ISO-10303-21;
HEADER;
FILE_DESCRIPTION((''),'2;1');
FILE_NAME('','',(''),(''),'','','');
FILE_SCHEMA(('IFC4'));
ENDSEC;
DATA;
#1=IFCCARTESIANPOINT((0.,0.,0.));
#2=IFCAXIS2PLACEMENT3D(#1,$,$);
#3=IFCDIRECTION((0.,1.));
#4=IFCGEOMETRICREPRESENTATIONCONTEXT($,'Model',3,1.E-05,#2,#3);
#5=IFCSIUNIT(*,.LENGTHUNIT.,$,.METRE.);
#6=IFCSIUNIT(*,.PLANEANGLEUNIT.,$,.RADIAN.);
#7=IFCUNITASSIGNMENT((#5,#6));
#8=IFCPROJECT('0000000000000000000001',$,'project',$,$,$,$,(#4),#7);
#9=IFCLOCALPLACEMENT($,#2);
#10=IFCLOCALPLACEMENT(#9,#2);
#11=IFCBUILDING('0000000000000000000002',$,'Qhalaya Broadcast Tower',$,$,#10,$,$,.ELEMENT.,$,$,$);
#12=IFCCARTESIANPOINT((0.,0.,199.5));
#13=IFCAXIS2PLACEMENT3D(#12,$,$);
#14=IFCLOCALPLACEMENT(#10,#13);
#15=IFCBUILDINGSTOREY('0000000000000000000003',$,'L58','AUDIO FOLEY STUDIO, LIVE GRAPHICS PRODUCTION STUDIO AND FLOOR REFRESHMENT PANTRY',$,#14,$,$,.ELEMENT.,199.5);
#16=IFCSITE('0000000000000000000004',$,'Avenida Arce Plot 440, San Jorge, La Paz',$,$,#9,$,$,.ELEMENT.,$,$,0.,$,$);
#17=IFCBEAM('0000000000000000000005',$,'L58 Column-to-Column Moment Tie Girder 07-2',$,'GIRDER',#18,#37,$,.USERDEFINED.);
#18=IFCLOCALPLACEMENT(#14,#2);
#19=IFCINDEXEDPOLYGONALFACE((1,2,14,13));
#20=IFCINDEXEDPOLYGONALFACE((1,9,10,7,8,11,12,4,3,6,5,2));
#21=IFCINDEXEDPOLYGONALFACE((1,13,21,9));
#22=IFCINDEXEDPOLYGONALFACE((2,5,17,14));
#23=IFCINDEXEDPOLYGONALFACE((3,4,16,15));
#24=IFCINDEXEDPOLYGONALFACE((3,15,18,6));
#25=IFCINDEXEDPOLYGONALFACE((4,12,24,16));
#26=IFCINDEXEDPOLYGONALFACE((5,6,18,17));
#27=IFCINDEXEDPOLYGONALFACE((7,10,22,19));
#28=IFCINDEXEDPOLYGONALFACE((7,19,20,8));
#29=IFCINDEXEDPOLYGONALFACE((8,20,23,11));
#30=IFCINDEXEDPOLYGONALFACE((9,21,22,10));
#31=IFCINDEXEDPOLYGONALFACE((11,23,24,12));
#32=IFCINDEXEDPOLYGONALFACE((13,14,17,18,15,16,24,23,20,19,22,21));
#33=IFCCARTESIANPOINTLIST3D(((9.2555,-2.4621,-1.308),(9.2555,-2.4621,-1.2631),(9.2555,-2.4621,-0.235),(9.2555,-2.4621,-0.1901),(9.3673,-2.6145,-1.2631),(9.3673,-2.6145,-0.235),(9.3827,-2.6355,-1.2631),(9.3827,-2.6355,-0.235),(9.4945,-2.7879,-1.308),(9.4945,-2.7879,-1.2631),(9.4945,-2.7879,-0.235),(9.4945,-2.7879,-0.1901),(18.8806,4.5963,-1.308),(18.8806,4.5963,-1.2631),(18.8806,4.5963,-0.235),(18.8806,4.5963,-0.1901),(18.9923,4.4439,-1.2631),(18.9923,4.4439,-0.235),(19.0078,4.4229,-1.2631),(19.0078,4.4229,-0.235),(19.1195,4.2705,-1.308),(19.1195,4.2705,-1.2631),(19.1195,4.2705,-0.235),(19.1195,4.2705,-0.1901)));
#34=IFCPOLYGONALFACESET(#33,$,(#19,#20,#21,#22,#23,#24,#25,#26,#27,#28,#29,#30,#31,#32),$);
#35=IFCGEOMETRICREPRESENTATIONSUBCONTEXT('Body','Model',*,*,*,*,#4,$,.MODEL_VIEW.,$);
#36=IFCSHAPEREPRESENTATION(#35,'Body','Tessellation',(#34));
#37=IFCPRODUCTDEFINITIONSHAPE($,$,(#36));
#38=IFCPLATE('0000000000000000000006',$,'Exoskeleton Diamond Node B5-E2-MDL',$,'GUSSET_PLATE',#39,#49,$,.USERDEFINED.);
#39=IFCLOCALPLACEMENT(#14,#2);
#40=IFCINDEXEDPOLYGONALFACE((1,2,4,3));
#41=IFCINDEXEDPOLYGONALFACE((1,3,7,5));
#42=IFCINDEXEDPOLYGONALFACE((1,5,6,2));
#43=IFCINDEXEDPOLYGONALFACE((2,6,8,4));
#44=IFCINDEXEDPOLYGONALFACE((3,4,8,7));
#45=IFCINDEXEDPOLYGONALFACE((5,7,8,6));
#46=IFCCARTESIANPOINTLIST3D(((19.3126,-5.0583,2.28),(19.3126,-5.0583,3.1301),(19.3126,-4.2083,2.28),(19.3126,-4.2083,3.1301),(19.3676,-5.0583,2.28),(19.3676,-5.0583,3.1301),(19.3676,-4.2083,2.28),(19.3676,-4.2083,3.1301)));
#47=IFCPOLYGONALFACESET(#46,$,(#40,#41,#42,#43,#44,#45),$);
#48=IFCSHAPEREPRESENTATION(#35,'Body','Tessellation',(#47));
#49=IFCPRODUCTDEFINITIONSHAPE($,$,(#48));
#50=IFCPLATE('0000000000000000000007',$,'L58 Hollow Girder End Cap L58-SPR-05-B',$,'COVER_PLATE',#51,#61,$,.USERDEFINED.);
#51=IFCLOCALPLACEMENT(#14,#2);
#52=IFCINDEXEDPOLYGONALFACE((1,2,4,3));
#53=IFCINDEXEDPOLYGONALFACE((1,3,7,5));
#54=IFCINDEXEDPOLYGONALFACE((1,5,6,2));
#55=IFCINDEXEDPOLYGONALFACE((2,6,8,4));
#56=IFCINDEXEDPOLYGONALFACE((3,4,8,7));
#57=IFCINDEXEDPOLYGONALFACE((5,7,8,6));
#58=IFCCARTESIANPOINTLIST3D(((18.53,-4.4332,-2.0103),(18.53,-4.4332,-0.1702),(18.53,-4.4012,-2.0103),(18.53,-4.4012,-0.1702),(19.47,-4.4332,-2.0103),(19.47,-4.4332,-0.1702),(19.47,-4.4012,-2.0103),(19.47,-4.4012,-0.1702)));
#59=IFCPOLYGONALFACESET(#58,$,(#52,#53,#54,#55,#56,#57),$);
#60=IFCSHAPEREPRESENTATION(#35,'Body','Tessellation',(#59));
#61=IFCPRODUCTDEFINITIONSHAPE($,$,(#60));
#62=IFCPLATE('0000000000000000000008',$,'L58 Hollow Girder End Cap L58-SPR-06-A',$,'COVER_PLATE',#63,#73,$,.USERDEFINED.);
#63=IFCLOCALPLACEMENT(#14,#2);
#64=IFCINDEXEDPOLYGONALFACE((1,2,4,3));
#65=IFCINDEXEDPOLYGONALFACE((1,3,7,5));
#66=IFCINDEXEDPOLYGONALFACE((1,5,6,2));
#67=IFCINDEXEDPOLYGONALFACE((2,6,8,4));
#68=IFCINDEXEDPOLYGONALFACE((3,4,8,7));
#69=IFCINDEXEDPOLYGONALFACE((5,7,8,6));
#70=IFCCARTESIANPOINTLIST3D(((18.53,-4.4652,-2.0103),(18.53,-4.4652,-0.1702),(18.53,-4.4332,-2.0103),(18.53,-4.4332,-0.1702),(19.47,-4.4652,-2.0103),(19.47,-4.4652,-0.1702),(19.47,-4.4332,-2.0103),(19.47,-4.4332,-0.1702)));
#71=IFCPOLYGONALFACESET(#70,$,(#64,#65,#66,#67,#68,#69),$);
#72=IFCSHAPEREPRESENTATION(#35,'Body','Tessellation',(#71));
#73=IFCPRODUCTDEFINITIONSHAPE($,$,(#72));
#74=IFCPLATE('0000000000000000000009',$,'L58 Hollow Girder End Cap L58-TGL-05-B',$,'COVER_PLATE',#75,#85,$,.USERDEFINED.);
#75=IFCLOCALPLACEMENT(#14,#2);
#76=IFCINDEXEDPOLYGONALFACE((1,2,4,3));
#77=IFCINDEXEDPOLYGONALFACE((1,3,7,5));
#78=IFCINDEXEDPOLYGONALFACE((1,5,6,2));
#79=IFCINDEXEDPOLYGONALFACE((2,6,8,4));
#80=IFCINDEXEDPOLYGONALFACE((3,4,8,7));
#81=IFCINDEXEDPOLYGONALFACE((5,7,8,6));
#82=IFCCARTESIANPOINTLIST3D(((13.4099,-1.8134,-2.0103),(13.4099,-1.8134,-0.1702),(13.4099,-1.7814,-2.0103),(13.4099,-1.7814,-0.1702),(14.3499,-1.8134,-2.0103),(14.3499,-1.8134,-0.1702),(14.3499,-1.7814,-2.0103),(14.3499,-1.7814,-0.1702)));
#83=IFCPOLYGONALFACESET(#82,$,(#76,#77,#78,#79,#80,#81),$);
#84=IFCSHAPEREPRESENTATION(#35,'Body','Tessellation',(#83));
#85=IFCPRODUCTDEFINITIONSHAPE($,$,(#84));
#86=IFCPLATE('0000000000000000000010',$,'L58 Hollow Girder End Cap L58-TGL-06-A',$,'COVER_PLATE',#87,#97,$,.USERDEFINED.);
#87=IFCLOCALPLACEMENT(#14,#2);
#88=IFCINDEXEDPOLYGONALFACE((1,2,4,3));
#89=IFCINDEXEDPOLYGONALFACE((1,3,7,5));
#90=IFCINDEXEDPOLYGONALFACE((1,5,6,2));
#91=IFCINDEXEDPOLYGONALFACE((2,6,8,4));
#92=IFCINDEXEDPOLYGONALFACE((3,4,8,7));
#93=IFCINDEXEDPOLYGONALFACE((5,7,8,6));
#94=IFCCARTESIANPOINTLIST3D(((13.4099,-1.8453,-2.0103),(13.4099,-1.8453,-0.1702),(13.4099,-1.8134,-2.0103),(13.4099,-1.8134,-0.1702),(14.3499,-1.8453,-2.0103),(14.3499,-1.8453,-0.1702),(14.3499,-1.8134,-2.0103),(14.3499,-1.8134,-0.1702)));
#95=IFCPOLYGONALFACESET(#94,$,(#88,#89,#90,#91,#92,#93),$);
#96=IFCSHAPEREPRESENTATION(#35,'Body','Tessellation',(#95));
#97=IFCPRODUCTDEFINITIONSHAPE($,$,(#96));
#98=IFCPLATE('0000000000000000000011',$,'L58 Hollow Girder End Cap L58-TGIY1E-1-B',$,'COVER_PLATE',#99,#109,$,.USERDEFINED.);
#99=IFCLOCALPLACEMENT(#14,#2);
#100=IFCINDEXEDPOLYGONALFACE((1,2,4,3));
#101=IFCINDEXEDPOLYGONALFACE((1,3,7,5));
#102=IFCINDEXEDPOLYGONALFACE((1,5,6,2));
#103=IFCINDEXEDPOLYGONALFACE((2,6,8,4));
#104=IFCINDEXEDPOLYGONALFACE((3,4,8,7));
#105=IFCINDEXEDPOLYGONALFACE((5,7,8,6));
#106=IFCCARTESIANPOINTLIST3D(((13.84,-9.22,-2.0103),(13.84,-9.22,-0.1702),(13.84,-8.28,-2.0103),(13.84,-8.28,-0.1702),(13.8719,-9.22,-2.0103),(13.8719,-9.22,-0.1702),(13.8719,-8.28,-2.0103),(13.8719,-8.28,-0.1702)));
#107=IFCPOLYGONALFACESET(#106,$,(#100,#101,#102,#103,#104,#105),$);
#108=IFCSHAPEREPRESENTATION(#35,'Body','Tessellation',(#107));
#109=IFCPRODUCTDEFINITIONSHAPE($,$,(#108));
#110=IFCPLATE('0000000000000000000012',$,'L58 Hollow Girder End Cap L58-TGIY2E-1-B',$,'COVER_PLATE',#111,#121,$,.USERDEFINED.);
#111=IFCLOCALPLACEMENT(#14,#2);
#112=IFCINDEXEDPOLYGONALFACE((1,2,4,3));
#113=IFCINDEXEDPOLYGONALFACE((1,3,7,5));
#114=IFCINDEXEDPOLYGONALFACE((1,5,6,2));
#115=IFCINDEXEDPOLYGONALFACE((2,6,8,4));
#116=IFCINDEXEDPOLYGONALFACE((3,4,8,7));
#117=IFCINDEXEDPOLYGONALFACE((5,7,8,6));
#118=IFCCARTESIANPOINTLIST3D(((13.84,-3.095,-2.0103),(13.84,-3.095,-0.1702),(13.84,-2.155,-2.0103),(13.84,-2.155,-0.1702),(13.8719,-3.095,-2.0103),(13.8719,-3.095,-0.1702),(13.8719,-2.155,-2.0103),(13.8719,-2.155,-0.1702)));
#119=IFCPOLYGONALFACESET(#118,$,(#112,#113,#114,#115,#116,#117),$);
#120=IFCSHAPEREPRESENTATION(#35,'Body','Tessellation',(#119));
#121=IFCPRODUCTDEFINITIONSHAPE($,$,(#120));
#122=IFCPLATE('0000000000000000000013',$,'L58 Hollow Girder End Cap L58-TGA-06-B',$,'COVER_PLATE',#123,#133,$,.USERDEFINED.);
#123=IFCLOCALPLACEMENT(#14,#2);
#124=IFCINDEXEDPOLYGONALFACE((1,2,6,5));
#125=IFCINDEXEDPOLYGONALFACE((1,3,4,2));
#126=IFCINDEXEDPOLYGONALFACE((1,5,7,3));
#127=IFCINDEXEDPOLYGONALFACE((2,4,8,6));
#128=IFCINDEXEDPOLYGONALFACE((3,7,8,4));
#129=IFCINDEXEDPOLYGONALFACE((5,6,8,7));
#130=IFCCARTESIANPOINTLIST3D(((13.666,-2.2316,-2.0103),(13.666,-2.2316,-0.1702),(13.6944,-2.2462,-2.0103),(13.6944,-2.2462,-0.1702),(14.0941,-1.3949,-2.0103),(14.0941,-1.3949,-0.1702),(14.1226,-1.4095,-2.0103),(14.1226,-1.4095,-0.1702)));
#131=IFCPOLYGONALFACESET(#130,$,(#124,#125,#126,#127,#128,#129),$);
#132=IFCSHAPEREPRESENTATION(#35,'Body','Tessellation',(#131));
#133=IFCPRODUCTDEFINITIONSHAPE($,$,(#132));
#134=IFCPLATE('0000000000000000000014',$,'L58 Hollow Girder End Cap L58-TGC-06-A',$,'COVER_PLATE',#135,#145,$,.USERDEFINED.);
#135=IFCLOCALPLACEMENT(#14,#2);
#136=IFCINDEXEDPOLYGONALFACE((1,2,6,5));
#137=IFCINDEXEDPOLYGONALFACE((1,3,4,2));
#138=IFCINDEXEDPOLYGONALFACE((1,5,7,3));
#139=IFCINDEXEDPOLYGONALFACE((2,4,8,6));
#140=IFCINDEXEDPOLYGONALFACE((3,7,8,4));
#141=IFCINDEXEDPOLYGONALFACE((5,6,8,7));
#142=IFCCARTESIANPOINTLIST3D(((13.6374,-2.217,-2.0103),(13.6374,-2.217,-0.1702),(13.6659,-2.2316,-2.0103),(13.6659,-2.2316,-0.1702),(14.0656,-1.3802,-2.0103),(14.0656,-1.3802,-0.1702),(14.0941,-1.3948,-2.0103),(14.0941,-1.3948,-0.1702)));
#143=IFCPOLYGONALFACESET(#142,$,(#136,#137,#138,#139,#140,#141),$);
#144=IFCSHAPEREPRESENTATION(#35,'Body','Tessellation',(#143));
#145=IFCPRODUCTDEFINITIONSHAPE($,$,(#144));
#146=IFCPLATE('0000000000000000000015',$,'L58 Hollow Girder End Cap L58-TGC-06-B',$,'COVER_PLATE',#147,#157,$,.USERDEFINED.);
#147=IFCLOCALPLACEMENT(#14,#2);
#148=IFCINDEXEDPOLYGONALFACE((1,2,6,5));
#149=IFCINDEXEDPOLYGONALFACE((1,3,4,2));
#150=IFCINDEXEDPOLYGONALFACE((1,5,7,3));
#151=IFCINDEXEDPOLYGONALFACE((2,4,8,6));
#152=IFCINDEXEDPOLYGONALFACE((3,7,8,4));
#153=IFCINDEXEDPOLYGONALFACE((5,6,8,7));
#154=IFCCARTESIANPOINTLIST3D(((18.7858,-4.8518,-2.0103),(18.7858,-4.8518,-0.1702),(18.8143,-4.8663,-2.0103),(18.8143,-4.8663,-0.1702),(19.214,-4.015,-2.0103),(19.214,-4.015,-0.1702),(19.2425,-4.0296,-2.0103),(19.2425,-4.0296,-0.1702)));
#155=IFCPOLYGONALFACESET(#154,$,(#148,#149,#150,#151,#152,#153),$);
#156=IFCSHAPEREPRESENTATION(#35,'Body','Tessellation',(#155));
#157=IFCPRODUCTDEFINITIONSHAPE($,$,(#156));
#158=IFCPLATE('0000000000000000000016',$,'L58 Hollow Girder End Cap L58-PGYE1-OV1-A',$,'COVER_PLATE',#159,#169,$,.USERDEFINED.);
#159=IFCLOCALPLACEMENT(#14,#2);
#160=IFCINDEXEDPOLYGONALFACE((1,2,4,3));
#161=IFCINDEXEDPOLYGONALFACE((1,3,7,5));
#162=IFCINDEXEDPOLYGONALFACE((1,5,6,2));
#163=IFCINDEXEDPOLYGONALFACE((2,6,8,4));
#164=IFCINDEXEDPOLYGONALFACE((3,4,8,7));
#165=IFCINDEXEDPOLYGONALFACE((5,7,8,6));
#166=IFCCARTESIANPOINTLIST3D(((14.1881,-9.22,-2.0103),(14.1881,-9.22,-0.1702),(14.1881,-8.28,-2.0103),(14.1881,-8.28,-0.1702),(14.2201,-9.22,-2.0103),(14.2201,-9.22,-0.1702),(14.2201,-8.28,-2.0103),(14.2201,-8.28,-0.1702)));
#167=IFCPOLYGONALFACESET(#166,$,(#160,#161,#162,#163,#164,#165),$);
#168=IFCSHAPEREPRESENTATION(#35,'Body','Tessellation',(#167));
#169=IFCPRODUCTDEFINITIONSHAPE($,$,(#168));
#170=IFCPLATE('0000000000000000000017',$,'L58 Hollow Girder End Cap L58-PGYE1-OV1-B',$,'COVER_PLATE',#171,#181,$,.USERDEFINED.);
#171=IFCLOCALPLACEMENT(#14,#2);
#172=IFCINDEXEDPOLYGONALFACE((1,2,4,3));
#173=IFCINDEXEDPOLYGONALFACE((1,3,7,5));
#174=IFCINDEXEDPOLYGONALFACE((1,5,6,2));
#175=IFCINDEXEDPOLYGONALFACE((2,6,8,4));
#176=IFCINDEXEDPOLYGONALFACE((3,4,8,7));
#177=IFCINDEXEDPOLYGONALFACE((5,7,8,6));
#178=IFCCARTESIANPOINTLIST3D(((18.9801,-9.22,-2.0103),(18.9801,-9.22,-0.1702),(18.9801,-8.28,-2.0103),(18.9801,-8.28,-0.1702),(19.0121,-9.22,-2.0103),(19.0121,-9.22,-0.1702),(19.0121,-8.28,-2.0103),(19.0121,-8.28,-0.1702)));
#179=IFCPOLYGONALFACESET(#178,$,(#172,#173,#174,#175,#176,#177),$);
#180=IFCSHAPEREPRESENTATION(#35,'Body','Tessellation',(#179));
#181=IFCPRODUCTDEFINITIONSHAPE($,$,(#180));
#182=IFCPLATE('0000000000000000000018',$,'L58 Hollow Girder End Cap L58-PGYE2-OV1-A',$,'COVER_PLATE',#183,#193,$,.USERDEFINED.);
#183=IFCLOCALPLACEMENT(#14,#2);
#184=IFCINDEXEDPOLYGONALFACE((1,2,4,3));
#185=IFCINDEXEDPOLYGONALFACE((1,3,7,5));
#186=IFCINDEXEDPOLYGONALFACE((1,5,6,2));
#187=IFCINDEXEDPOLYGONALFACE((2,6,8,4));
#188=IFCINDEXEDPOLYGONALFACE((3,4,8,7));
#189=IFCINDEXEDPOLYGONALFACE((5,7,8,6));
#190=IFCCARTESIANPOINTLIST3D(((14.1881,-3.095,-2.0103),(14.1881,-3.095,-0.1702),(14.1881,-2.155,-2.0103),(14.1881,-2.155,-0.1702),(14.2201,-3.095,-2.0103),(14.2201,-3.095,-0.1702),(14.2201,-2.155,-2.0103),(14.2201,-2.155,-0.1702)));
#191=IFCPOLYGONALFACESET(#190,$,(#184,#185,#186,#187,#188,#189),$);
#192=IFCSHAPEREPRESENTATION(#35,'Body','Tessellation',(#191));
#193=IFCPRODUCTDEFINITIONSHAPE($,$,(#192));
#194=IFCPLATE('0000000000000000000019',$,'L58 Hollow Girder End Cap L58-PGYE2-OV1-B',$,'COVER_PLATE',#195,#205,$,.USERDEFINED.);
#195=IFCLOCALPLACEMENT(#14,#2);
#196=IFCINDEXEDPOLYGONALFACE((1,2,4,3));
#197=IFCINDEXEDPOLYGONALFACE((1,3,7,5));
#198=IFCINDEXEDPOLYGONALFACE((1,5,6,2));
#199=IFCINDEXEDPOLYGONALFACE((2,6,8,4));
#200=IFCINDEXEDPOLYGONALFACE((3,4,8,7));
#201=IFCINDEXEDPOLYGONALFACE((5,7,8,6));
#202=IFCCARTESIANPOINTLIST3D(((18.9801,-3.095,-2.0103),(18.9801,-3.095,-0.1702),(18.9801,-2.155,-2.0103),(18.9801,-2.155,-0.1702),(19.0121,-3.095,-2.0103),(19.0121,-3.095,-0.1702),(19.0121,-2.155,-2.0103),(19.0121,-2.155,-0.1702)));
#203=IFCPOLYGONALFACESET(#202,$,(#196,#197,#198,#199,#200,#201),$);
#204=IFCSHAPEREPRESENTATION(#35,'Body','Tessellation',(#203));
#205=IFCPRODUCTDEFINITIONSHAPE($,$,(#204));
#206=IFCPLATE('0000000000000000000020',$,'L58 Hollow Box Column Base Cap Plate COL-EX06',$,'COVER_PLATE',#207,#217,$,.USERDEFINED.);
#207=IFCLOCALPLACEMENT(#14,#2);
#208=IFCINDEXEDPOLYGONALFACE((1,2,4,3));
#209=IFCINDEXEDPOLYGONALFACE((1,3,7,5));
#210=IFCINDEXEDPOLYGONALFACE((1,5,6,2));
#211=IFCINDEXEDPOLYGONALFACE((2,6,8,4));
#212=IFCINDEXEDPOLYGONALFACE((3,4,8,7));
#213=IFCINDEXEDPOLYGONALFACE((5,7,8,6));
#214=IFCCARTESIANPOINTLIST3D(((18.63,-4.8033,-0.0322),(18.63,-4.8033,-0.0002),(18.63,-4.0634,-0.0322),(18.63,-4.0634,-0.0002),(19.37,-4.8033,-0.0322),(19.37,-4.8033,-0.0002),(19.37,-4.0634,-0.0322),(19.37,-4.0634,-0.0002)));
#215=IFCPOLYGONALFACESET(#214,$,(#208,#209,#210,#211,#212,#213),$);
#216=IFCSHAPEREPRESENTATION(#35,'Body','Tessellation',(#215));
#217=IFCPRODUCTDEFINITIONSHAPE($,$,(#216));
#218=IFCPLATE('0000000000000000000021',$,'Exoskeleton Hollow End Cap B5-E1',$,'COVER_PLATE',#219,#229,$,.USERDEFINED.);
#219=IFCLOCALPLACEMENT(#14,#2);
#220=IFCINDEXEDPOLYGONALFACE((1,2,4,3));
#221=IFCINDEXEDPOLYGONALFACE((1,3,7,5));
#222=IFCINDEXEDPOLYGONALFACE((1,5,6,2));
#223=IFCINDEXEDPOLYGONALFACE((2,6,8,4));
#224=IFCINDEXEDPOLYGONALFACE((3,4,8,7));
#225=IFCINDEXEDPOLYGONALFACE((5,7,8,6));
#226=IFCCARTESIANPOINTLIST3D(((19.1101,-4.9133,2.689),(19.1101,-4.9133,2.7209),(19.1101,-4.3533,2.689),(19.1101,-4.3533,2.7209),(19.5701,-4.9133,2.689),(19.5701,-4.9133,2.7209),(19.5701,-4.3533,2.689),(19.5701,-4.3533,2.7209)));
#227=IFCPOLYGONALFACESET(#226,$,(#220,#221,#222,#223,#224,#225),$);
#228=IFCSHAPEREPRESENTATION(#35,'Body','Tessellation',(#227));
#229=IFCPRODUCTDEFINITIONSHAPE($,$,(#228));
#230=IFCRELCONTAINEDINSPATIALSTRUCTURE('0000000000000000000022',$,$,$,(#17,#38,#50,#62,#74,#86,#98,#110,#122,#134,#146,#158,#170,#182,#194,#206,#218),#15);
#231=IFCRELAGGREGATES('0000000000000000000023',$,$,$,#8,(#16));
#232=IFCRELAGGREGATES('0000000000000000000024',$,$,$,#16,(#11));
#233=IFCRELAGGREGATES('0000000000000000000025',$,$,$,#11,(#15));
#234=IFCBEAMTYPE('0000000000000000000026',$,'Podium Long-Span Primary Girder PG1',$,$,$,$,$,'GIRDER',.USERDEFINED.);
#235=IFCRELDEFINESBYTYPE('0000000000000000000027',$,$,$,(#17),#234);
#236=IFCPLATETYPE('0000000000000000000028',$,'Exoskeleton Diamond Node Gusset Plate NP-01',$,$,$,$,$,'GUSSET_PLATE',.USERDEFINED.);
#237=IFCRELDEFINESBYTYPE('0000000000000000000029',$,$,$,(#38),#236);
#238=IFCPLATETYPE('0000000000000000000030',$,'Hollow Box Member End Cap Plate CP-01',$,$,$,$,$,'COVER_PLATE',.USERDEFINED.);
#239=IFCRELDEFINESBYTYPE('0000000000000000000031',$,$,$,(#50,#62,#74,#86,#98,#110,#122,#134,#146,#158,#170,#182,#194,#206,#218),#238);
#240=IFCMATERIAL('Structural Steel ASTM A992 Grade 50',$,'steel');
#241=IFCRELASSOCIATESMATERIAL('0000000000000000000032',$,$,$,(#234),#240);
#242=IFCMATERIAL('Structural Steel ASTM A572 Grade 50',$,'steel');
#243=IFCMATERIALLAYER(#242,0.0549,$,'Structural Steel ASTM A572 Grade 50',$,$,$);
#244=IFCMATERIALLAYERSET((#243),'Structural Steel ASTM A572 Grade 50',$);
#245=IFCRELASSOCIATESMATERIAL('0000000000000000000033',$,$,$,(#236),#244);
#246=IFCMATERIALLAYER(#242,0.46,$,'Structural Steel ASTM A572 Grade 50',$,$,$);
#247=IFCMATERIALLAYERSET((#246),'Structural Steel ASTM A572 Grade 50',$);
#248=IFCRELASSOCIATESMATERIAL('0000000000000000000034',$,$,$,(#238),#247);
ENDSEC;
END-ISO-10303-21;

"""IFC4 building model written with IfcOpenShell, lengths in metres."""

from ifc_helpers import new_model, si_unit, direction, frame, origin, origin_2d, place, context, subcontext, project, spatial, rectangle, i_section, extrude, material, layer, layer_set, material_profile, profile_set, type_object, element, save


model = new_model("IFC4")

# Units and contexts
model_context = context("Model", 3, precision=1e-05, world=origin(), true_north=direction((0.0, 1.0)))
body_context = subcontext(model_context, "Body", "Model", "MODEL_VIEW")
ifc_project = project(units=[si_unit("LENGTHUNIT", "METRE"), si_unit("PLANEANGLEUNIT", "RADIAN")], contexts=[model_context])

# Site, building, storey
site_placement = place(None, origin())
site = spatial("IfcSite", under=ifc_project, at=site_placement, Name="Avenida Arce Plot 440, San Jorge, La Paz", CompositionType="ELEMENT", RefElevation=0.0)
building_placement = place(site_placement, origin())
building = spatial("IfcBuilding", under=site, at=building_placement, Name="Qhalaya Broadcast Tower", CompositionType="ELEMENT")
storey_placement = place(building_placement, frame((0.0, 0.0, 199.5)))
storey = spatial("IfcBuildingStorey", under=building, at=storey_placement, Name="L58", Description="AUDIO FOLEY STUDIO, LIVE GRAPHICS PRODUCTION STUDIO AND FLOOR REFRESHMENT PANTRY", CompositionType="ELEMENT", Elevation=199.5)

# Shared definitions
ifc_material_1 = material(Name="Structural Steel ASTM A572 Grade 50", Category="steel")

# Beam
ifc_material_2 = material(Name="Structural Steel ASTM A992 Grade 50", Category="steel")
ifc_material_profile_1 = material_profile(ifc_material_2, i_section(OverallWidth=0.4041, OverallDepth=1.1179, WebThickness=0.0261, FlangeThickness=0.0449, at=origin_2d()), Name="W44X335")
ifc_profile_set_1 = profile_set([ifc_material_profile_1], Name="Structural Steel ASTM A992 Grade 50")
beam_type_1 = type_object("IfcBeamType", Name="Podium Long-Span Primary Girder PG1", ElementType="GIRDER", PredefinedType="USERDEFINED", material=ifc_profile_set_1)
beam_1_placement = place(storey_placement, frame((9.375, -2.625, -0.749), z_axis=(0.806404, 0.591365, 0.0), x_axis=(-0.591365, 0.806404, 0.0)))
element("IfcBeam", 1, at=beam_1_placement, inside=storey, type_object=beam_type_1, Name="L58 Column-to-Column Moment Tie Girder 07-2", ObjectType="GIRDER", PredefinedType="USERDEFINED", context=body_context, shape_type="SweptSolid", body=[
    extrude(i_section(OverallWidth=0.4041, OverallDepth=1.1179, WebThickness=0.0261, FlangeThickness=0.0449, at=origin_2d()), origin(), (0.0, 0.0, 1.0), 11.9358),
])

# Plates
ifc_layer_1 = layer(ifc_material_1, 0.0549, Name="Structural Steel ASTM A572 Grade 50")
ifc_layer_set_1 = layer_set([ifc_layer_1], Name="Structural Steel ASTM A572 Grade 50")
plate_type_1 = type_object("IfcPlateType", Name="Exoskeleton Diamond Node Gusset Plate NP-01", ElementType="GUSSET_PLATE", PredefinedType="USERDEFINED", material=ifc_layer_set_1)
plate_1_placement = place(storey_placement, frame((19.3401, -4.6333, 2.28), z_axis=(0.0, 0.0, 1.0), x_axis=(0.0, 1.0, 0.0)))
element("IfcPlate", 2, at=plate_1_placement, inside=storey, type_object=plate_type_1, Name="Exoskeleton Diamond Node B5-E2-MDL", ObjectType="GUSSET_PLATE", PredefinedType="USERDEFINED", context=body_context, shape_type="SweptSolid", body=[
    extrude(rectangle(XDim=0.8501, YDim=0.0549, at=origin_2d()), origin(), (0.0, 0.0, 1.0), 0.8501),
])
ifc_layer_2 = layer(ifc_material_1, 0.46, Name="Structural Steel ASTM A572 Grade 50")
ifc_layer_set_2 = layer_set([ifc_layer_2], Name="Structural Steel ASTM A572 Grade 50")
plate_type_2 = type_object("IfcPlateType", Name="Hollow Box Member End Cap Plate CP-01", ElementType="COVER_PLATE", PredefinedType="USERDEFINED", material=ifc_layer_set_2)
for number, where, z_axis, x_axis, name in (
    (3, (19.0, -4.4172, -2.0103), (0.0, 0.0, 1.0), (-1.0, 0.0, 0.0), "L58 Hollow Girder End Cap L58-SPR-05-B"),
    (4, (19.0, -4.4492, -2.0103), (0.0, 0.0, 1.0), (-1.0, 0.0, 0.0), "L58 Hollow Girder End Cap L58-SPR-06-A"),
    (5, (13.8799, -1.7974, -2.0103), (0.0, 0.0, 1.0), (-1.0, 0.0, 0.0), "L58 Hollow Girder End Cap L58-TGL-05-B"),
    (6, (13.8799, -1.8293, -2.0103), (0.0, 0.0, 1.0), (-1.0, 0.0, 0.0), "L58 Hollow Girder End Cap L58-TGL-06-A"),
    (7, (13.856, -8.75, -2.0103), (0.0, 0.0, 1.0), (0.0, 1.0, 0.0), "L58 Hollow Girder End Cap L58-TGIY1E-1-B"),
    (8, (13.856, -2.625, -2.0103), (0.0, 0.0, 1.0), (0.0, 1.0, 0.0), "L58 Hollow Girder End Cap L58-TGIY2E-1-B"),
    (9, (13.8943, -1.8206, -2.0103), (0.0, 0.0, 1.0), (0.455545, 0.890213, 0.0), "L58 Hollow Girder End Cap L58-TGA-06-B"),
    (10, (13.8657, -1.8059, -2.0103), (0.0, 0.0, 1.0), (0.455545, 0.890213, 0.0), "L58 Hollow Girder End Cap L58-TGC-06-A"),
    (11, (19.0142, -4.4407, -2.0103), (0.0, 0.0, 1.0), (0.455545, 0.890213, 0.0), "L58 Hollow Girder End Cap L58-TGC-06-B"),
    (12, (14.2041, -8.75, -2.0103), (0.0, 0.0, 1.0), (0.0, 1.0, 0.0), "L58 Hollow Girder End Cap L58-PGYE1-OV1-A"),
    (13, (18.9961, -8.75, -2.0103), (0.0, 0.0, 1.0), (0.0, 1.0, 0.0), "L58 Hollow Girder End Cap L58-PGYE1-OV1-B"),
    (14, (14.2041, -2.625, -2.0103), (0.0, 0.0, 1.0), (0.0, 1.0, 0.0), "L58 Hollow Girder End Cap L58-PGYE2-OV1-A"),
    (15, (18.9961, -2.625, -2.0103), (0.0, 0.0, 1.0), (0.0, 1.0, 0.0), "L58 Hollow Girder End Cap L58-PGYE2-OV1-B"),
):
    element("IfcPlate", number, at=place(storey_placement, frame(where, z_axis=z_axis, x_axis=x_axis)), inside=storey, type_object=plate_type_2, Name=name, ObjectType="COVER_PLATE", PredefinedType="USERDEFINED", context=body_context, shape_type="SweptSolid", body=[
        extrude(rectangle(XDim=0.9399, YDim=0.032, at=origin_2d()), origin(), (0.0, 0.0, 1.0), 1.8401),
    ])
plate_2_placement = place(storey_placement, frame((19.0, -4.4333, -0.0322), z_axis=(0.0, 0.0, 1.0), x_axis=(0.0, 1.0, 0.0)))
element("IfcPlate", 16, at=plate_2_placement, inside=storey, type_object=plate_type_2, Name="L58 Hollow Box Column Base Cap Plate COL-EX06", ObjectType="COVER_PLATE", PredefinedType="USERDEFINED", context=body_context, shape_type="SweptSolid", body=[
    extrude(rectangle(XDim=0.74, YDim=0.74, at=origin_2d()), origin(), (0.0, 0.0, 1.0), 0.032),
])
plate_3_placement = place(storey_placement, frame((19.3401, -4.6333, 2.689), z_axis=(0.0, 0.0, 1.0), x_axis=(0.0, 1.0, 0.0)))
element("IfcPlate", 17, at=plate_3_placement, inside=storey, type_object=plate_type_2, Name="Exoskeleton Hollow End Cap B5-E1", ObjectType="COVER_PLATE", PredefinedType="USERDEFINED", context=body_context, shape_type="SweptSolid", body=[
    extrude(rectangle(XDim=0.5601, YDim=0.46, at=origin_2d()), origin(), (0.0, 0.0, 1.0), 0.032),
])

save(model, "model.ifc")
